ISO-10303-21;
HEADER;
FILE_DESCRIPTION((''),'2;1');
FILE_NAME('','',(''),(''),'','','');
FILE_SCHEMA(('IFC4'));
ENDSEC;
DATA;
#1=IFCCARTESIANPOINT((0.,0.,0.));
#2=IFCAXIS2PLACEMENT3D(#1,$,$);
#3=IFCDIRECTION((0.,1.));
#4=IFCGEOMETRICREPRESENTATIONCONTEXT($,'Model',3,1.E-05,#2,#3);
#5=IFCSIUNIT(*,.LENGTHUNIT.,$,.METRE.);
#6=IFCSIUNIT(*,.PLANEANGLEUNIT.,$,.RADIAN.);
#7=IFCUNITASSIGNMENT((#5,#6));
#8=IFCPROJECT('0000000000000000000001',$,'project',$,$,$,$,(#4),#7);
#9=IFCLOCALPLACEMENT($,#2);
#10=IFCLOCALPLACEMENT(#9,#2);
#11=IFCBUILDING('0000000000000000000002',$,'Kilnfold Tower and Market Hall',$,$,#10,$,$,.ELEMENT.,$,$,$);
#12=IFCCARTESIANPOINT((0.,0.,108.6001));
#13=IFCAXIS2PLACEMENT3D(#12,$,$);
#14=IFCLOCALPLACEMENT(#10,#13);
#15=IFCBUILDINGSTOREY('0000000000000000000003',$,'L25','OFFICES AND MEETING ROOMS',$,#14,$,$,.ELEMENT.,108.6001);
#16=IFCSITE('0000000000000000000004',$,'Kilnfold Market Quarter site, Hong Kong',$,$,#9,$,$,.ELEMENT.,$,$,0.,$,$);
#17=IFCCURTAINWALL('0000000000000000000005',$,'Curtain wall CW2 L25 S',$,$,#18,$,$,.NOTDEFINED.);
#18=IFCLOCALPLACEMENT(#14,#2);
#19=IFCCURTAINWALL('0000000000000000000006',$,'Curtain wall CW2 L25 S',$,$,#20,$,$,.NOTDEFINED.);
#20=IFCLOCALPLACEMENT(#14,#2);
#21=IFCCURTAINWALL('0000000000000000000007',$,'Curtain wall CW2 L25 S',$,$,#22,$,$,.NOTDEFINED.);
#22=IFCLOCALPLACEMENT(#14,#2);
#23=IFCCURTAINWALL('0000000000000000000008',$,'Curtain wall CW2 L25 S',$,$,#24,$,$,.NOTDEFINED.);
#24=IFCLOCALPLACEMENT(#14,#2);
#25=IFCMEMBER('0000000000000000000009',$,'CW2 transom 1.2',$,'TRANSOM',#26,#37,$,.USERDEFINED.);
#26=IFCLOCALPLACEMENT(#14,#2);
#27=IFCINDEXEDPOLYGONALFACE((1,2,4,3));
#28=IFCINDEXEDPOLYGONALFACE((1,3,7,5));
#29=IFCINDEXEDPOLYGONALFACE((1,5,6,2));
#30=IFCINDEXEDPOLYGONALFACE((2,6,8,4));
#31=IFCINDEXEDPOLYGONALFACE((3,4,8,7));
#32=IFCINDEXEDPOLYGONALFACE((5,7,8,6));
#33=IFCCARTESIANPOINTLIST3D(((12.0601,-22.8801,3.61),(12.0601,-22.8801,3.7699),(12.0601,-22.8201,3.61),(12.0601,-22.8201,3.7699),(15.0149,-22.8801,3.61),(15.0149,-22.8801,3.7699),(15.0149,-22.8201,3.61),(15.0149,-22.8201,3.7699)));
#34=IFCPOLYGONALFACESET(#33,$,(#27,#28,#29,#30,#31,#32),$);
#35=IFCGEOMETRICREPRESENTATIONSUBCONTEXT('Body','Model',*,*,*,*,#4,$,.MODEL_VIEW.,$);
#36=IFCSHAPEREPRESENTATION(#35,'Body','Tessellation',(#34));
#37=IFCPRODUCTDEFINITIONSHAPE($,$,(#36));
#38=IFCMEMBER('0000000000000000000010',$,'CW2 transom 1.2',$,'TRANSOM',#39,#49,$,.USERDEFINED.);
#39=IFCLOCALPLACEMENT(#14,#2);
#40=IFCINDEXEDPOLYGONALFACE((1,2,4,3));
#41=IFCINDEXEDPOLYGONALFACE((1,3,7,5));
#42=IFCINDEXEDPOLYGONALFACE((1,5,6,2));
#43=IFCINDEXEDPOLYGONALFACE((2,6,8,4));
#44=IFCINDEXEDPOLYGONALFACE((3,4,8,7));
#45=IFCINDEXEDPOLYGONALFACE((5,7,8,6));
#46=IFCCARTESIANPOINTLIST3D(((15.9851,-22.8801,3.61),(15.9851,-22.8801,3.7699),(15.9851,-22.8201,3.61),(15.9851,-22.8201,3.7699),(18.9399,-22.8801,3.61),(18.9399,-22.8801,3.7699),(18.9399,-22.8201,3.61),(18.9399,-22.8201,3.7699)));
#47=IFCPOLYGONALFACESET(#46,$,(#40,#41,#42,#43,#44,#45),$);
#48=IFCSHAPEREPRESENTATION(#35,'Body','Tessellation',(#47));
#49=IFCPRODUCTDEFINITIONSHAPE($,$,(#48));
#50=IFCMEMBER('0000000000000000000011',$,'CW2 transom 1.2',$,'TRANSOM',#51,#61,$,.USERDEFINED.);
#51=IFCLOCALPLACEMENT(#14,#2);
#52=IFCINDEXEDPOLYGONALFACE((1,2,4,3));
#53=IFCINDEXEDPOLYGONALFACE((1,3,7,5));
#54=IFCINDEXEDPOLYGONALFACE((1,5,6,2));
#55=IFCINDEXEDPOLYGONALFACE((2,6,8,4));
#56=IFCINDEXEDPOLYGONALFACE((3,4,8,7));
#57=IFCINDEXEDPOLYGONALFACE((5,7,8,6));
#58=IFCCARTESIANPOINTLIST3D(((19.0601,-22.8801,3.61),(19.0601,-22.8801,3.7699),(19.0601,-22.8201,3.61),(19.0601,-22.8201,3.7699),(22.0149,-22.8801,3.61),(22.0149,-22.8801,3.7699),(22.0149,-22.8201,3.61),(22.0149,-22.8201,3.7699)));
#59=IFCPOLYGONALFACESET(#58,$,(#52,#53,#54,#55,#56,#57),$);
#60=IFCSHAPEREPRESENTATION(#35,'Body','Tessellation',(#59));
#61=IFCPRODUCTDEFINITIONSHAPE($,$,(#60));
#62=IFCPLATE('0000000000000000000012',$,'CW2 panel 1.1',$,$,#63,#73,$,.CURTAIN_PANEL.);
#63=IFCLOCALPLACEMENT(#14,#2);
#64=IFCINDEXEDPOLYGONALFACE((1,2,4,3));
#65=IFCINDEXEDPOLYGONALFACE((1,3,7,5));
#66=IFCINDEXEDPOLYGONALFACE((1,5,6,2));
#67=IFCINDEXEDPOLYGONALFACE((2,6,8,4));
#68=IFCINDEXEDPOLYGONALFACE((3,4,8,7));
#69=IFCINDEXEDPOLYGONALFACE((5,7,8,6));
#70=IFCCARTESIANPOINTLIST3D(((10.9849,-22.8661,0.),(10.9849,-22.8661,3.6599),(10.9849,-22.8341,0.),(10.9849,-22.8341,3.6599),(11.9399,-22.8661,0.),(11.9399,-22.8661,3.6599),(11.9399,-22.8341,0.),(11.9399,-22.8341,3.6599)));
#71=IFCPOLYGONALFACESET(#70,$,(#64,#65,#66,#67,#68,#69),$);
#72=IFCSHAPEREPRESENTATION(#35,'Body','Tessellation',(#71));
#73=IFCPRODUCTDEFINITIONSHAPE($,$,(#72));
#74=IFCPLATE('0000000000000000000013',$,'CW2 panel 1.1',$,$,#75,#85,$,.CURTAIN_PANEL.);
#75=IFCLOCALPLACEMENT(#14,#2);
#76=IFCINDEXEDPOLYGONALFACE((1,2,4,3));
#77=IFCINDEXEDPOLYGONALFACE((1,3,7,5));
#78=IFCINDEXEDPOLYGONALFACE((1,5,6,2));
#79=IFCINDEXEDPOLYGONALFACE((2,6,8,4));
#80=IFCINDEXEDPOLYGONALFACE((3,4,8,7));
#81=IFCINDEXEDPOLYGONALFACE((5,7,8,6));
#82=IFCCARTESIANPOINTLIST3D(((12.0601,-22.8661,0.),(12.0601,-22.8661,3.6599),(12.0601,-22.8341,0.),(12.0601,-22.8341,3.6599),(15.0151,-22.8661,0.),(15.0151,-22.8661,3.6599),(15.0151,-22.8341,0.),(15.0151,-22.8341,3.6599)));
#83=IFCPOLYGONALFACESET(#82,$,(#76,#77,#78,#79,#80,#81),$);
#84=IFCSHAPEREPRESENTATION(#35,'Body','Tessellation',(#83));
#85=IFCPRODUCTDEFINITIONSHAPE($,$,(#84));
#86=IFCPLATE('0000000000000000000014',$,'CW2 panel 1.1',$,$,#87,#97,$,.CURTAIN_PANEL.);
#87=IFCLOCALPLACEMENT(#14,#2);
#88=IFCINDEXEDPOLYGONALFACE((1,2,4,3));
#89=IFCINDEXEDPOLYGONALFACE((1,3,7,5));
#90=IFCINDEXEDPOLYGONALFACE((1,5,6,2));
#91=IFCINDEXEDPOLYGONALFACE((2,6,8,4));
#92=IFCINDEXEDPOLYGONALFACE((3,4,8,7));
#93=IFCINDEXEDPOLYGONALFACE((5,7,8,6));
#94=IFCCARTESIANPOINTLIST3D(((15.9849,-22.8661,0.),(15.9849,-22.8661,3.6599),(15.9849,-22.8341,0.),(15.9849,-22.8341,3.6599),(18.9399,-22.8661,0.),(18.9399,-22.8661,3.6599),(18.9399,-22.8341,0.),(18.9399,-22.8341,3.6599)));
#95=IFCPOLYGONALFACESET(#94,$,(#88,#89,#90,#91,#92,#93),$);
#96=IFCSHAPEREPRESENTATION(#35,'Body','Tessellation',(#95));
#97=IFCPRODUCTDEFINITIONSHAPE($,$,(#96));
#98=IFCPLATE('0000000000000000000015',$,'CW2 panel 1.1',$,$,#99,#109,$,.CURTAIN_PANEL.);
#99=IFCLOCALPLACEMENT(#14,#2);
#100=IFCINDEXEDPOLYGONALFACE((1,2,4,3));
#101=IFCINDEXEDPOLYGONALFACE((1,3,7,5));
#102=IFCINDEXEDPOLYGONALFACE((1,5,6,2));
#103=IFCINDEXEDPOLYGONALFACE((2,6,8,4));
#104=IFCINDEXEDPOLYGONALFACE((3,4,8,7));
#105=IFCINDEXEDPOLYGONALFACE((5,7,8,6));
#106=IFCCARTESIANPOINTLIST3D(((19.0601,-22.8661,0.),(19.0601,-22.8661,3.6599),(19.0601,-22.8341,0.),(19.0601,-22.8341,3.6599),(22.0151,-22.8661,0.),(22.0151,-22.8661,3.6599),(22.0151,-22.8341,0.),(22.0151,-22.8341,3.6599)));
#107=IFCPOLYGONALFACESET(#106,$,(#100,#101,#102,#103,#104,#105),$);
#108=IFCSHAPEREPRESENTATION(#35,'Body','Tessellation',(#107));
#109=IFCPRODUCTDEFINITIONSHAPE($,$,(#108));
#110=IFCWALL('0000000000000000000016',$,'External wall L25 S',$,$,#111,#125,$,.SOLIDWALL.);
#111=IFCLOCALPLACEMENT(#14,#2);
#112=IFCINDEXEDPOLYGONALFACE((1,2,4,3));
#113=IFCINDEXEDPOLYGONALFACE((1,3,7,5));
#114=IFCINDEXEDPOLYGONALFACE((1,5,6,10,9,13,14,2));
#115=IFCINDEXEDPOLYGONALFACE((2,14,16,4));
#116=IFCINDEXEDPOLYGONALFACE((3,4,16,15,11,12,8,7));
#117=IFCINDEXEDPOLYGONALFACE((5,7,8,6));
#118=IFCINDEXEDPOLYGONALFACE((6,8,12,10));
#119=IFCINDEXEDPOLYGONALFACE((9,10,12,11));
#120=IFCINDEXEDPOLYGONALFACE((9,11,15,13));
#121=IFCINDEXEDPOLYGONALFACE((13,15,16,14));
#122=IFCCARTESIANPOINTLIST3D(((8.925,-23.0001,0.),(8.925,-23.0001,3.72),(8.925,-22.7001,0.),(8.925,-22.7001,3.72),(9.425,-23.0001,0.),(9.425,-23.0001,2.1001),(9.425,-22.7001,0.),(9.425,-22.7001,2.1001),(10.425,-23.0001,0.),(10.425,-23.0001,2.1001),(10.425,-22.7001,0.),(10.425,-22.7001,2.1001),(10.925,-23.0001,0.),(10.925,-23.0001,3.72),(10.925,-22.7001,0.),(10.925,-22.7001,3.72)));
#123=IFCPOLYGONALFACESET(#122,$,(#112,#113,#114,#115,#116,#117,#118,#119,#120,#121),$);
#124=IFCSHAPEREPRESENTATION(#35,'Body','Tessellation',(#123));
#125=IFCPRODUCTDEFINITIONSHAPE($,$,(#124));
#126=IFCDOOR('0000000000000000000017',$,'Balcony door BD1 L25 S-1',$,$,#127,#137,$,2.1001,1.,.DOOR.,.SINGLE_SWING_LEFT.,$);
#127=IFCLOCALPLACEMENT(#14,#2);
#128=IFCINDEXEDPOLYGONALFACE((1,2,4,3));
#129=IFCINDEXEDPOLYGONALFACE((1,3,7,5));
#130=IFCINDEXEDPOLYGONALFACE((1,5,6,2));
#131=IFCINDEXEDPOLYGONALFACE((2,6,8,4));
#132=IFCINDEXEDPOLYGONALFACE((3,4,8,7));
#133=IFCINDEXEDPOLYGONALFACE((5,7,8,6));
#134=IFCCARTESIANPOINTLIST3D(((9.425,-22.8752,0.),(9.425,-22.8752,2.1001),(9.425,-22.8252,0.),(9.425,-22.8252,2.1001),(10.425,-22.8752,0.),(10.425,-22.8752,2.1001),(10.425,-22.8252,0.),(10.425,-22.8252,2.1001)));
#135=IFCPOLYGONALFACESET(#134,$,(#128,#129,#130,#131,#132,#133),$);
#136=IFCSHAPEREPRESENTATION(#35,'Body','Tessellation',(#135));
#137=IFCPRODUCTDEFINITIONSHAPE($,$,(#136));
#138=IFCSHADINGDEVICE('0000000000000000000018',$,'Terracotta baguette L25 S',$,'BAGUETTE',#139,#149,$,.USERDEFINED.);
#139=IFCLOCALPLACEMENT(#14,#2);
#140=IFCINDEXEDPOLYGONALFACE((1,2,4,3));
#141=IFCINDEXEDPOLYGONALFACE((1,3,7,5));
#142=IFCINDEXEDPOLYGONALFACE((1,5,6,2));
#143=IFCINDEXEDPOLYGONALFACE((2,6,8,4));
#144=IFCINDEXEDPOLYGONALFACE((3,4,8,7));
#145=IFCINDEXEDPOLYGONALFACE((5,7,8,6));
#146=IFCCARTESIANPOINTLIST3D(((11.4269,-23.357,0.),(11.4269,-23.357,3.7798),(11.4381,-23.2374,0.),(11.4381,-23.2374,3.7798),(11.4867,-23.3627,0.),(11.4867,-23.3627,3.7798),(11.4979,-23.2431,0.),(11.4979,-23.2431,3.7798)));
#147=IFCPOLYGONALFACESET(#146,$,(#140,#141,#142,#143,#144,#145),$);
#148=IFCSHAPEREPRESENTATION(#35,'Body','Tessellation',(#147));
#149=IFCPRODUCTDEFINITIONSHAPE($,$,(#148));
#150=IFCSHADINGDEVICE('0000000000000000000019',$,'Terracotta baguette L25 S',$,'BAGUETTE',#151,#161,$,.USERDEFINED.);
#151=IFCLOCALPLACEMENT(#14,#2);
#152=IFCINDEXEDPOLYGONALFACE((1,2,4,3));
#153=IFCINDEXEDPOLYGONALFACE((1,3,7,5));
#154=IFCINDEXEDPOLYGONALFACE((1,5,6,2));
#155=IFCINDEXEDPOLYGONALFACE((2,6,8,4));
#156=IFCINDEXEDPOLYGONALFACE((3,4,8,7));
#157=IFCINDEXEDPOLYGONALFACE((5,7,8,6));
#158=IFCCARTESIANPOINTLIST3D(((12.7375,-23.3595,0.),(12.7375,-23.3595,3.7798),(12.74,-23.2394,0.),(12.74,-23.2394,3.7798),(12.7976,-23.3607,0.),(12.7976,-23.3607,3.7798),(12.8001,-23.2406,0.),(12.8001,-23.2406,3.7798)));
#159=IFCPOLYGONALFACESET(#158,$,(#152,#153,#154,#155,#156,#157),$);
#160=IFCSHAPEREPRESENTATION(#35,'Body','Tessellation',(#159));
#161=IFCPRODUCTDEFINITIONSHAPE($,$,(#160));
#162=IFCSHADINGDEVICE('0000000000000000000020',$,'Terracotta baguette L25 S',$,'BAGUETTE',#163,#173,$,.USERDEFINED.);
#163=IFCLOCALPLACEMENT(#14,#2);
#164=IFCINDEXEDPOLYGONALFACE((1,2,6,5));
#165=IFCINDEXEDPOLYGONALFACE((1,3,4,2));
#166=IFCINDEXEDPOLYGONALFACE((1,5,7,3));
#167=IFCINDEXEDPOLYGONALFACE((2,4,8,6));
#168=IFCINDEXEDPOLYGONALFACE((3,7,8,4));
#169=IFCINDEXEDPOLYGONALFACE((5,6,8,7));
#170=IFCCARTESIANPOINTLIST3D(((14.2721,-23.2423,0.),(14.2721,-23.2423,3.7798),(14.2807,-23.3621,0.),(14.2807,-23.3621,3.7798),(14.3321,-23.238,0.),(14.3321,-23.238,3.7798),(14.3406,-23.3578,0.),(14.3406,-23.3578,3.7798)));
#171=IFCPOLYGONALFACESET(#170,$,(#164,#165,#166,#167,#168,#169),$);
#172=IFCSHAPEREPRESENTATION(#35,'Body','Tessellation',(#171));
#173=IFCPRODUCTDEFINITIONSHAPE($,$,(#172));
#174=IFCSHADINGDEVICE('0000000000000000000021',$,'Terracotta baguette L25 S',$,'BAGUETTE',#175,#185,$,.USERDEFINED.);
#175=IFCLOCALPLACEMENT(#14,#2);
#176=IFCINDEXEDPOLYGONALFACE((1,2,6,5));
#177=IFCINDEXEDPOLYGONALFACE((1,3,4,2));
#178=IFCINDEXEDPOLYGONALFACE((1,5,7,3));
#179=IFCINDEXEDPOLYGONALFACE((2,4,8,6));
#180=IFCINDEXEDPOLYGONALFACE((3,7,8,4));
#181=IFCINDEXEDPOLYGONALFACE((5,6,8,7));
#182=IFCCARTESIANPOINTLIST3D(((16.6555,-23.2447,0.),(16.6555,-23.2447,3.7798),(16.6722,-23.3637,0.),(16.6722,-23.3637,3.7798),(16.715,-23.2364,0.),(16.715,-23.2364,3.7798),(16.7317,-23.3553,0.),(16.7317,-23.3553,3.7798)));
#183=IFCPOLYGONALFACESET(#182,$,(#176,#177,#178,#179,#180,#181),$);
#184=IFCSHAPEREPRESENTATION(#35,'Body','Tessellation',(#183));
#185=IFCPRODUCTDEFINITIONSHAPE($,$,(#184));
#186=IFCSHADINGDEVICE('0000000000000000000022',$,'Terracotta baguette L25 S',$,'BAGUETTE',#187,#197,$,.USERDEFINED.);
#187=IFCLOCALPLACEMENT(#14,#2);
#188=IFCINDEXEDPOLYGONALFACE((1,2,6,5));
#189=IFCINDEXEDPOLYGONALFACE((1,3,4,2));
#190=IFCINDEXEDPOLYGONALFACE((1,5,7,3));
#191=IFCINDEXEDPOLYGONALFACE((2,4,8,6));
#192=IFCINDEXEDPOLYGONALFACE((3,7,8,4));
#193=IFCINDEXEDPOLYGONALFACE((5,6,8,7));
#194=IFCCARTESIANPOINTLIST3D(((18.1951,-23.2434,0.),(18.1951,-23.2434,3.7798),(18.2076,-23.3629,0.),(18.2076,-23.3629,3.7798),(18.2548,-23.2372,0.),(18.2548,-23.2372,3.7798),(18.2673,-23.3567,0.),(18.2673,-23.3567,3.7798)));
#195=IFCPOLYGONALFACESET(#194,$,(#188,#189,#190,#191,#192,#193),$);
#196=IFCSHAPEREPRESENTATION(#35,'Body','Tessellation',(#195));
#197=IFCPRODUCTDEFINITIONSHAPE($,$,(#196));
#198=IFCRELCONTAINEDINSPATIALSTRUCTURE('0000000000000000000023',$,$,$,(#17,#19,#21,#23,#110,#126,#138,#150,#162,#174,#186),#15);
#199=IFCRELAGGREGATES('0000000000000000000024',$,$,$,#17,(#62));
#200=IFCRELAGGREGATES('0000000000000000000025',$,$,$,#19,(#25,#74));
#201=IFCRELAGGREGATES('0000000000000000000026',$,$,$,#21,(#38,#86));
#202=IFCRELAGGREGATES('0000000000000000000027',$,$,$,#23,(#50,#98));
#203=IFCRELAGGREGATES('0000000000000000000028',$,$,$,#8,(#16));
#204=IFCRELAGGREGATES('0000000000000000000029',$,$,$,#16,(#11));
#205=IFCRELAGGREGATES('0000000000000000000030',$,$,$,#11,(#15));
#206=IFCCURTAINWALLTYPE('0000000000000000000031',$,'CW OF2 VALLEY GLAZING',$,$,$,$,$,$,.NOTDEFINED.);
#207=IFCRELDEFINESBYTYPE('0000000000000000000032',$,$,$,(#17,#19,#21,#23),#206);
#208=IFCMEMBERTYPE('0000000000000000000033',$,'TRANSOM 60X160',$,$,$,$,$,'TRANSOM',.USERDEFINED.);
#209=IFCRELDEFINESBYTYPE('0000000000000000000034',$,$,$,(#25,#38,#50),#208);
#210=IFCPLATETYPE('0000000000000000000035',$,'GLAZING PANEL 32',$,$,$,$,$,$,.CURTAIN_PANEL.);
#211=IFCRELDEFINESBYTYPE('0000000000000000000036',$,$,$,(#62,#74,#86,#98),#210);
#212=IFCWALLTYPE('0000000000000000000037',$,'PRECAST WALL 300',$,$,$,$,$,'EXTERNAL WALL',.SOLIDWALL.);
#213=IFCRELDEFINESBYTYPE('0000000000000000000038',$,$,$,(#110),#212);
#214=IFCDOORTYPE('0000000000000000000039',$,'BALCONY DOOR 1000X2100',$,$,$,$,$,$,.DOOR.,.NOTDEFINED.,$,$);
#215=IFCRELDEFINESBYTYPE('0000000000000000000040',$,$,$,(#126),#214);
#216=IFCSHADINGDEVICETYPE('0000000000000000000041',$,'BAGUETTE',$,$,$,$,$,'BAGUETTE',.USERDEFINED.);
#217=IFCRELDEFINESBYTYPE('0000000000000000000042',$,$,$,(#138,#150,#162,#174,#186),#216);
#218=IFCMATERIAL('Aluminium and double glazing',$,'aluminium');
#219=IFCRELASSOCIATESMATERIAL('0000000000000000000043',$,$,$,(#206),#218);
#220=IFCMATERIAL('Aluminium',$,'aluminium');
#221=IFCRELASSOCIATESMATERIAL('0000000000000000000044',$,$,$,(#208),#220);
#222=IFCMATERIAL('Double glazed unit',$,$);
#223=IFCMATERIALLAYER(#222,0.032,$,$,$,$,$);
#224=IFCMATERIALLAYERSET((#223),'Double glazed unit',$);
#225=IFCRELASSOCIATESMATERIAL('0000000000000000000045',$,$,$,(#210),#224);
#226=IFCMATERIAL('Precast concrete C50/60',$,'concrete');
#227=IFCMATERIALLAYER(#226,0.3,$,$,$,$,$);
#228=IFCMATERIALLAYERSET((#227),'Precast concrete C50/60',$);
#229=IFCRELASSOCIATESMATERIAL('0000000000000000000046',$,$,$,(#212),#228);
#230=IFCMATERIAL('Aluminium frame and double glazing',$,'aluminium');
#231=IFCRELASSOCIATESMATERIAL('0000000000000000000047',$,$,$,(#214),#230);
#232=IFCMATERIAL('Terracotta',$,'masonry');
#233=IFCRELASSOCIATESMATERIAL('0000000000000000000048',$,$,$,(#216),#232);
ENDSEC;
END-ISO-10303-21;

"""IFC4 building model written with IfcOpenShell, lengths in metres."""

from ifc_helpers import new_model, si_unit, direction, frame, frame_2d, origin, origin_2d, place, context, subcontext, project, spatial, rectangle, extrude, source, transform, mapped, material, layer, layer_set, material_profile, profile_set, type_object, element, fill, aggregate, save


model = new_model("IFC4")

# Units and contexts
model_context = context("Model", 3, precision=1e-05, world=origin(), true_north=direction((0.0, 1.0)))
body_context = subcontext(model_context, "Body", "Model", "MODEL_VIEW")
ifc_project = project(units=[si_unit("LENGTHUNIT", "METRE"), si_unit("PLANEANGLEUNIT", "RADIAN")], contexts=[model_context])

# Site, building, storey
site_placement = place(None, origin())
site = spatial("IfcSite", under=ifc_project, at=site_placement, Name="Kilnfold Market Quarter site, Hong Kong", CompositionType="ELEMENT", RefElevation=0.0)
building_placement = place(site_placement, origin())
building = spatial("IfcBuilding", under=site, at=building_placement, Name="Kilnfold Tower and Market Hall", CompositionType="ELEMENT")
storey_placement = place(building_placement, frame((0.0, 0.0, 108.6001)))
storey = spatial("IfcBuildingStorey", under=building, at=storey_placement, Name="L25", Description="OFFICES AND MEETING ROOMS", CompositionType="ELEMENT", Elevation=108.6001)

# Curtain walls
ifc_material_1 = material(Name="Aluminium and double glazing", Category="aluminium")
curtain_wall_type = type_object("IfcCurtainWallType", Name="CW OF2 VALLEY GLAZING", PredefinedType="NOTDEFINED", material=ifc_material_1)
curtain_wall_1_placement = place(storey_placement, origin())
curtain_wall_1 = element("IfcCurtainWall", 1, at=curtain_wall_1_placement, inside=storey, type_object=curtain_wall_type, Name="Curtain wall CW2 L25 S", PredefinedType="NOTDEFINED")
curtain_wall_2_placement = place(storey_placement, origin())
curtain_wall_2 = element("IfcCurtainWall", 2, at=curtain_wall_2_placement, inside=storey, type_object=curtain_wall_type, Name="Curtain wall CW2 L25 S", PredefinedType="NOTDEFINED")
curtain_wall_3_placement = place(storey_placement, origin())
curtain_wall_3 = element("IfcCurtainWall", 3, at=curtain_wall_3_placement, inside=storey, type_object=curtain_wall_type, Name="Curtain wall CW2 L25 S", PredefinedType="NOTDEFINED")
curtain_wall_4_placement = place(storey_placement, origin())
curtain_wall_4 = element("IfcCurtainWall", 4, at=curtain_wall_4_placement, inside=storey, type_object=curtain_wall_type, Name="Curtain wall CW2 L25 S", PredefinedType="NOTDEFINED")

# Members
ifc_material_2 = material(Name="Aluminium", Category="aluminium")
ifc_material_profile_1 = material_profile(ifc_material_2, rectangle(XDim=0.0601, YDim=0.1599, at=origin_2d()), Name="TRANSOM 60x160")
ifc_profile_set_1 = profile_set([ifc_material_profile_1], Name="Aluminium")
member_type_1 = type_object("IfcMemberType", Name="TRANSOM 60X160", ElementType="TRANSOM", PredefinedType="USERDEFINED", material=ifc_profile_set_1)
shared_shape_1 = source(origin(), body_context, "Body", "SweptSolid", [
    extrude(rectangle(XDim=0.0601, YDim=0.1599, at=origin_2d()), origin(), (0.0, 0.0, 1.0), 2.9548),
])
member_1_placement = place(storey_placement, frame((12.0601, -22.8501, 3.6899), z_axis=(1.0, 0.0, 0.0), x_axis=(0.0, 1.0, 0.0)))
member_1 = element("IfcMember", 5, at=member_1_placement, type_object=member_type_1, Name="CW2 transom 1.2", ObjectType="TRANSOM", PredefinedType="USERDEFINED", context=body_context, shape_type="MappedRepresentation", body=[
    mapped(shared_shape_1, transform((0.0, 0.0, 0.0))),
])
member_2_placement = place(storey_placement, frame((15.9851, -22.8501, 3.6899), z_axis=(1.0, 0.0, 0.0), x_axis=(0.0, 1.0, 0.0)))
member_2 = element("IfcMember", 6, at=member_2_placement, type_object=member_type_1, Name="CW2 transom 1.2", ObjectType="TRANSOM", PredefinedType="USERDEFINED", context=body_context, shape_type="MappedRepresentation", body=[
    mapped(shared_shape_1, transform((0.0, 0.0, 0.0))),
])
member_3_placement = place(storey_placement, frame((19.0601, -22.8501, 3.6899), z_axis=(1.0, 0.0, 0.0), x_axis=(0.0, 1.0, 0.0)))
member_3 = element("IfcMember", 7, at=member_3_placement, type_object=member_type_1, Name="CW2 transom 1.2", ObjectType="TRANSOM", PredefinedType="USERDEFINED", context=body_context, shape_type="MappedRepresentation", body=[
    mapped(shared_shape_1, transform((0.0, 0.0, 0.0))),
])

# Plates
ifc_material_3 = material(Name="Double glazed unit")
ifc_layer_1 = layer(ifc_material_3, 0.032)
ifc_layer_set_1 = layer_set([ifc_layer_1], Name="Double glazed unit")
plate_type = type_object("IfcPlateType", Name="GLAZING PANEL 32", PredefinedType="CURTAIN_PANEL", material=ifc_layer_set_1)
shared_shape_2 = source(origin(), body_context, "Body", "SweptSolid", [
    extrude(rectangle(XDim=0.9551, YDim=0.032, at=origin_2d()), origin(), (0.0, 0.0, 1.0), 3.6599),
])
plate_1_placement = place(storey_placement, frame((11.4624, -22.8501, 0.0), z_axis=(0.0, 0.0, 1.0), x_axis=(1.0, 0.0, 0.0)))
plate_1 = element("IfcPlate", 8, at=plate_1_placement, type_object=plate_type, Name="CW2 panel 1.1", PredefinedType="CURTAIN_PANEL", context=body_context, shape_type="MappedRepresentation", body=[
    mapped(shared_shape_2, transform((0.0, 0.0, 0.0))),
])
aggregate(curtain_wall_1, [plate_1])
shared_shape_3 = source(origin(), body_context, "Body", "SweptSolid", [
    extrude(rectangle(XDim=2.9551, YDim=0.032, at=origin_2d()), origin(), (0.0, 0.0, 1.0), 3.6599),
])
plate_2_placement = place(storey_placement, frame((13.5376, -22.8501, 0.0), z_axis=(0.0, 0.0, 1.0), x_axis=(1.0, 0.0, 0.0)))
plate_2 = element("IfcPlate", 9, at=plate_2_placement, type_object=plate_type, Name="CW2 panel 1.1", PredefinedType="CURTAIN_PANEL", context=body_context, shape_type="MappedRepresentation", body=[
    mapped(shared_shape_3, transform((0.0, 0.0, 0.0))),
])
aggregate(curtain_wall_2, [member_1, plate_2])
plate_3_placement = place(storey_placement, frame((17.4624, -22.8501, 0.0), z_axis=(0.0, 0.0, 1.0), x_axis=(1.0, 0.0, 0.0)))
plate_3 = element("IfcPlate", 10, at=plate_3_placement, type_object=plate_type, Name="CW2 panel 1.1", PredefinedType="CURTAIN_PANEL", context=body_context, shape_type="MappedRepresentation", body=[
    mapped(shared_shape_3, transform((0.0, 0.0, 0.0))),
])
aggregate(curtain_wall_3, [member_2, plate_3])
plate_4_placement = place(storey_placement, frame((20.5376, -22.8501, 0.0), z_axis=(0.0, 0.0, 1.0), x_axis=(1.0, 0.0, 0.0)))
plate_4 = element("IfcPlate", 11, at=plate_4_placement, type_object=plate_type, Name="CW2 panel 1.1", PredefinedType="CURTAIN_PANEL", context=body_context, shape_type="MappedRepresentation", body=[
    mapped(shared_shape_3, transform((0.0, 0.0, 0.0))),
])
aggregate(curtain_wall_4, [member_3, plate_4])

# Wall, opening, door
ifc_material_4 = material(Name="Precast concrete C50/60", Category="concrete")
ifc_layer_2 = layer(ifc_material_4, 0.3)
ifc_layer_set_2 = layer_set([ifc_layer_2], Name="Precast concrete C50/60")
wall_type = type_object("IfcWallType", Name="PRECAST WALL 300", ElementType="EXTERNAL WALL", PredefinedType="SOLIDWALL", material=ifc_layer_set_2)
shared_shape_4 = source(origin(), body_context, "Body", "SweptSolid", [
    extrude(rectangle(XDim=2.0, YDim=0.3, at=frame_2d((1.0, 0.0))), origin(), (0.0, 0.0, 1.0), 3.72),
])
wall_placement = place(storey_placement, frame((8.925, -22.8501, 0.0), z_axis=(0.0, 0.0, 1.0), x_axis=(1.0, 0.0, 0.0)))
wall = element("IfcWall", 12, at=wall_placement, inside=storey, type_object=wall_type, Name="External wall L25 S", PredefinedType="SOLIDWALL", context=body_context, shape_type="MappedRepresentation", body=[
    mapped(shared_shape_4, transform((0.0, 0.0, 0.0))),
])
opening_placement = place(wall_placement, frame((0.5, 0.0, 0.0)))
opening = element("IfcOpeningElement", 13, at=opening_placement, cuts=wall, PredefinedType="OPENING", context=body_context, shape_type="SweptSolid", body=[
    extrude(rectangle(XDim=1.0, YDim=2.1001, at=frame_2d((0.5, 1.05))), frame((0.0, 0.1602, 0.0), z_axis=(0.0, -1.0, 0.0), x_axis=(1.0, 0.0, 0.0)), (0.0, 0.0, 1.0), 0.3201),
])
ifc_material_5 = material(Name="Aluminium frame and double glazing", Category="aluminium")
door_type = type_object("IfcDoorType", Name="BALCONY DOOR 1000X2100", OperationType="NOTDEFINED", PredefinedType="DOOR", material=ifc_material_5)
door_placement = place(opening_placement, origin())
door = element("IfcDoor", 14, at=door_placement, inside=storey, type_object=door_type, Name="Balcony door BD1 L25 S-1", OperationType="SINGLE_SWING_LEFT", OverallHeight=2.1001, OverallWidth=1.0, PredefinedType="DOOR", context=body_context, shape_type="SweptSolid", body=[
    extrude(rectangle(XDim=1.0, YDim=2.1001, at=frame_2d((0.5, 1.05))), frame((0.0, 0.0249, 0.0), z_axis=(0.0, -1.0, 0.0), x_axis=(1.0, 0.0, 0.0)), (0.0, 0.0, 1.0), 0.05),
])
fill(opening, door)

# Shading devices
ifc_material_6 = material(Name="Terracotta", Category="masonry")
ifc_material_profile_2 = material_profile(ifc_material_6, rectangle(XDim=0.0601, YDim=0.1201, at=origin_2d()), Name="BAG 60x120")
ifc_profile_set_2 = profile_set([ifc_material_profile_2], Name="Terracotta")
shading_device_type = type_object("IfcShadingDeviceType", Name="BAGUETTE", ElementType="BAGUETTE", PredefinedType="USERDEFINED", material=ifc_profile_set_2)
shared_shape_5 = source(origin(), body_context, "Body", "SweptSolid", [
    extrude(rectangle(XDim=0.0601, YDim=0.1201, at=origin_2d()), origin(), (0.0, 0.0, 1.0), 3.7798),
])
for number, where, z_axis, x_axis, name in (
    (15, (11.4624, -23.3, 0.0), (0.0, 0.0, 1.0), (0.995595, -0.093763, 0.0), "Terracotta baguette L25 S"),
    (16, (12.7688, -23.3, 0.0), (0.0, 0.0, 1.0), (0.999778, -0.021051, 0.0), "Terracotta baguette L25 S"),
    (17, (14.3064, -23.3, 0.0), (0.0, 0.0, 1.0), (0.997436, 0.071567, 0.0), "Terracotta baguette L25 S"),
    (18, (16.6936, -23.3, 0.0), (0.0, 0.0, 1.0), (0.990283, 0.139066, 0.0), "Terracotta baguette L25 S"),
    (19, (18.2312, -23.3, 0.0), (0.0, 0.0, 1.0), (0.994586, 0.103912, 0.0), "Terracotta baguette L25 S"),
):
    element("IfcShadingDevice", number, at=place(storey_placement, frame(where, z_axis=z_axis, x_axis=x_axis)), inside=storey, type_object=shading_device_type, Name=name, ObjectType="BAGUETTE", PredefinedType="USERDEFINED", context=body_context, shape_type="MappedRepresentation", body=[
        mapped(shared_shape_5, transform((0.0, 0.0, 0.0))),
    ])

save(model, "model.ifc")
